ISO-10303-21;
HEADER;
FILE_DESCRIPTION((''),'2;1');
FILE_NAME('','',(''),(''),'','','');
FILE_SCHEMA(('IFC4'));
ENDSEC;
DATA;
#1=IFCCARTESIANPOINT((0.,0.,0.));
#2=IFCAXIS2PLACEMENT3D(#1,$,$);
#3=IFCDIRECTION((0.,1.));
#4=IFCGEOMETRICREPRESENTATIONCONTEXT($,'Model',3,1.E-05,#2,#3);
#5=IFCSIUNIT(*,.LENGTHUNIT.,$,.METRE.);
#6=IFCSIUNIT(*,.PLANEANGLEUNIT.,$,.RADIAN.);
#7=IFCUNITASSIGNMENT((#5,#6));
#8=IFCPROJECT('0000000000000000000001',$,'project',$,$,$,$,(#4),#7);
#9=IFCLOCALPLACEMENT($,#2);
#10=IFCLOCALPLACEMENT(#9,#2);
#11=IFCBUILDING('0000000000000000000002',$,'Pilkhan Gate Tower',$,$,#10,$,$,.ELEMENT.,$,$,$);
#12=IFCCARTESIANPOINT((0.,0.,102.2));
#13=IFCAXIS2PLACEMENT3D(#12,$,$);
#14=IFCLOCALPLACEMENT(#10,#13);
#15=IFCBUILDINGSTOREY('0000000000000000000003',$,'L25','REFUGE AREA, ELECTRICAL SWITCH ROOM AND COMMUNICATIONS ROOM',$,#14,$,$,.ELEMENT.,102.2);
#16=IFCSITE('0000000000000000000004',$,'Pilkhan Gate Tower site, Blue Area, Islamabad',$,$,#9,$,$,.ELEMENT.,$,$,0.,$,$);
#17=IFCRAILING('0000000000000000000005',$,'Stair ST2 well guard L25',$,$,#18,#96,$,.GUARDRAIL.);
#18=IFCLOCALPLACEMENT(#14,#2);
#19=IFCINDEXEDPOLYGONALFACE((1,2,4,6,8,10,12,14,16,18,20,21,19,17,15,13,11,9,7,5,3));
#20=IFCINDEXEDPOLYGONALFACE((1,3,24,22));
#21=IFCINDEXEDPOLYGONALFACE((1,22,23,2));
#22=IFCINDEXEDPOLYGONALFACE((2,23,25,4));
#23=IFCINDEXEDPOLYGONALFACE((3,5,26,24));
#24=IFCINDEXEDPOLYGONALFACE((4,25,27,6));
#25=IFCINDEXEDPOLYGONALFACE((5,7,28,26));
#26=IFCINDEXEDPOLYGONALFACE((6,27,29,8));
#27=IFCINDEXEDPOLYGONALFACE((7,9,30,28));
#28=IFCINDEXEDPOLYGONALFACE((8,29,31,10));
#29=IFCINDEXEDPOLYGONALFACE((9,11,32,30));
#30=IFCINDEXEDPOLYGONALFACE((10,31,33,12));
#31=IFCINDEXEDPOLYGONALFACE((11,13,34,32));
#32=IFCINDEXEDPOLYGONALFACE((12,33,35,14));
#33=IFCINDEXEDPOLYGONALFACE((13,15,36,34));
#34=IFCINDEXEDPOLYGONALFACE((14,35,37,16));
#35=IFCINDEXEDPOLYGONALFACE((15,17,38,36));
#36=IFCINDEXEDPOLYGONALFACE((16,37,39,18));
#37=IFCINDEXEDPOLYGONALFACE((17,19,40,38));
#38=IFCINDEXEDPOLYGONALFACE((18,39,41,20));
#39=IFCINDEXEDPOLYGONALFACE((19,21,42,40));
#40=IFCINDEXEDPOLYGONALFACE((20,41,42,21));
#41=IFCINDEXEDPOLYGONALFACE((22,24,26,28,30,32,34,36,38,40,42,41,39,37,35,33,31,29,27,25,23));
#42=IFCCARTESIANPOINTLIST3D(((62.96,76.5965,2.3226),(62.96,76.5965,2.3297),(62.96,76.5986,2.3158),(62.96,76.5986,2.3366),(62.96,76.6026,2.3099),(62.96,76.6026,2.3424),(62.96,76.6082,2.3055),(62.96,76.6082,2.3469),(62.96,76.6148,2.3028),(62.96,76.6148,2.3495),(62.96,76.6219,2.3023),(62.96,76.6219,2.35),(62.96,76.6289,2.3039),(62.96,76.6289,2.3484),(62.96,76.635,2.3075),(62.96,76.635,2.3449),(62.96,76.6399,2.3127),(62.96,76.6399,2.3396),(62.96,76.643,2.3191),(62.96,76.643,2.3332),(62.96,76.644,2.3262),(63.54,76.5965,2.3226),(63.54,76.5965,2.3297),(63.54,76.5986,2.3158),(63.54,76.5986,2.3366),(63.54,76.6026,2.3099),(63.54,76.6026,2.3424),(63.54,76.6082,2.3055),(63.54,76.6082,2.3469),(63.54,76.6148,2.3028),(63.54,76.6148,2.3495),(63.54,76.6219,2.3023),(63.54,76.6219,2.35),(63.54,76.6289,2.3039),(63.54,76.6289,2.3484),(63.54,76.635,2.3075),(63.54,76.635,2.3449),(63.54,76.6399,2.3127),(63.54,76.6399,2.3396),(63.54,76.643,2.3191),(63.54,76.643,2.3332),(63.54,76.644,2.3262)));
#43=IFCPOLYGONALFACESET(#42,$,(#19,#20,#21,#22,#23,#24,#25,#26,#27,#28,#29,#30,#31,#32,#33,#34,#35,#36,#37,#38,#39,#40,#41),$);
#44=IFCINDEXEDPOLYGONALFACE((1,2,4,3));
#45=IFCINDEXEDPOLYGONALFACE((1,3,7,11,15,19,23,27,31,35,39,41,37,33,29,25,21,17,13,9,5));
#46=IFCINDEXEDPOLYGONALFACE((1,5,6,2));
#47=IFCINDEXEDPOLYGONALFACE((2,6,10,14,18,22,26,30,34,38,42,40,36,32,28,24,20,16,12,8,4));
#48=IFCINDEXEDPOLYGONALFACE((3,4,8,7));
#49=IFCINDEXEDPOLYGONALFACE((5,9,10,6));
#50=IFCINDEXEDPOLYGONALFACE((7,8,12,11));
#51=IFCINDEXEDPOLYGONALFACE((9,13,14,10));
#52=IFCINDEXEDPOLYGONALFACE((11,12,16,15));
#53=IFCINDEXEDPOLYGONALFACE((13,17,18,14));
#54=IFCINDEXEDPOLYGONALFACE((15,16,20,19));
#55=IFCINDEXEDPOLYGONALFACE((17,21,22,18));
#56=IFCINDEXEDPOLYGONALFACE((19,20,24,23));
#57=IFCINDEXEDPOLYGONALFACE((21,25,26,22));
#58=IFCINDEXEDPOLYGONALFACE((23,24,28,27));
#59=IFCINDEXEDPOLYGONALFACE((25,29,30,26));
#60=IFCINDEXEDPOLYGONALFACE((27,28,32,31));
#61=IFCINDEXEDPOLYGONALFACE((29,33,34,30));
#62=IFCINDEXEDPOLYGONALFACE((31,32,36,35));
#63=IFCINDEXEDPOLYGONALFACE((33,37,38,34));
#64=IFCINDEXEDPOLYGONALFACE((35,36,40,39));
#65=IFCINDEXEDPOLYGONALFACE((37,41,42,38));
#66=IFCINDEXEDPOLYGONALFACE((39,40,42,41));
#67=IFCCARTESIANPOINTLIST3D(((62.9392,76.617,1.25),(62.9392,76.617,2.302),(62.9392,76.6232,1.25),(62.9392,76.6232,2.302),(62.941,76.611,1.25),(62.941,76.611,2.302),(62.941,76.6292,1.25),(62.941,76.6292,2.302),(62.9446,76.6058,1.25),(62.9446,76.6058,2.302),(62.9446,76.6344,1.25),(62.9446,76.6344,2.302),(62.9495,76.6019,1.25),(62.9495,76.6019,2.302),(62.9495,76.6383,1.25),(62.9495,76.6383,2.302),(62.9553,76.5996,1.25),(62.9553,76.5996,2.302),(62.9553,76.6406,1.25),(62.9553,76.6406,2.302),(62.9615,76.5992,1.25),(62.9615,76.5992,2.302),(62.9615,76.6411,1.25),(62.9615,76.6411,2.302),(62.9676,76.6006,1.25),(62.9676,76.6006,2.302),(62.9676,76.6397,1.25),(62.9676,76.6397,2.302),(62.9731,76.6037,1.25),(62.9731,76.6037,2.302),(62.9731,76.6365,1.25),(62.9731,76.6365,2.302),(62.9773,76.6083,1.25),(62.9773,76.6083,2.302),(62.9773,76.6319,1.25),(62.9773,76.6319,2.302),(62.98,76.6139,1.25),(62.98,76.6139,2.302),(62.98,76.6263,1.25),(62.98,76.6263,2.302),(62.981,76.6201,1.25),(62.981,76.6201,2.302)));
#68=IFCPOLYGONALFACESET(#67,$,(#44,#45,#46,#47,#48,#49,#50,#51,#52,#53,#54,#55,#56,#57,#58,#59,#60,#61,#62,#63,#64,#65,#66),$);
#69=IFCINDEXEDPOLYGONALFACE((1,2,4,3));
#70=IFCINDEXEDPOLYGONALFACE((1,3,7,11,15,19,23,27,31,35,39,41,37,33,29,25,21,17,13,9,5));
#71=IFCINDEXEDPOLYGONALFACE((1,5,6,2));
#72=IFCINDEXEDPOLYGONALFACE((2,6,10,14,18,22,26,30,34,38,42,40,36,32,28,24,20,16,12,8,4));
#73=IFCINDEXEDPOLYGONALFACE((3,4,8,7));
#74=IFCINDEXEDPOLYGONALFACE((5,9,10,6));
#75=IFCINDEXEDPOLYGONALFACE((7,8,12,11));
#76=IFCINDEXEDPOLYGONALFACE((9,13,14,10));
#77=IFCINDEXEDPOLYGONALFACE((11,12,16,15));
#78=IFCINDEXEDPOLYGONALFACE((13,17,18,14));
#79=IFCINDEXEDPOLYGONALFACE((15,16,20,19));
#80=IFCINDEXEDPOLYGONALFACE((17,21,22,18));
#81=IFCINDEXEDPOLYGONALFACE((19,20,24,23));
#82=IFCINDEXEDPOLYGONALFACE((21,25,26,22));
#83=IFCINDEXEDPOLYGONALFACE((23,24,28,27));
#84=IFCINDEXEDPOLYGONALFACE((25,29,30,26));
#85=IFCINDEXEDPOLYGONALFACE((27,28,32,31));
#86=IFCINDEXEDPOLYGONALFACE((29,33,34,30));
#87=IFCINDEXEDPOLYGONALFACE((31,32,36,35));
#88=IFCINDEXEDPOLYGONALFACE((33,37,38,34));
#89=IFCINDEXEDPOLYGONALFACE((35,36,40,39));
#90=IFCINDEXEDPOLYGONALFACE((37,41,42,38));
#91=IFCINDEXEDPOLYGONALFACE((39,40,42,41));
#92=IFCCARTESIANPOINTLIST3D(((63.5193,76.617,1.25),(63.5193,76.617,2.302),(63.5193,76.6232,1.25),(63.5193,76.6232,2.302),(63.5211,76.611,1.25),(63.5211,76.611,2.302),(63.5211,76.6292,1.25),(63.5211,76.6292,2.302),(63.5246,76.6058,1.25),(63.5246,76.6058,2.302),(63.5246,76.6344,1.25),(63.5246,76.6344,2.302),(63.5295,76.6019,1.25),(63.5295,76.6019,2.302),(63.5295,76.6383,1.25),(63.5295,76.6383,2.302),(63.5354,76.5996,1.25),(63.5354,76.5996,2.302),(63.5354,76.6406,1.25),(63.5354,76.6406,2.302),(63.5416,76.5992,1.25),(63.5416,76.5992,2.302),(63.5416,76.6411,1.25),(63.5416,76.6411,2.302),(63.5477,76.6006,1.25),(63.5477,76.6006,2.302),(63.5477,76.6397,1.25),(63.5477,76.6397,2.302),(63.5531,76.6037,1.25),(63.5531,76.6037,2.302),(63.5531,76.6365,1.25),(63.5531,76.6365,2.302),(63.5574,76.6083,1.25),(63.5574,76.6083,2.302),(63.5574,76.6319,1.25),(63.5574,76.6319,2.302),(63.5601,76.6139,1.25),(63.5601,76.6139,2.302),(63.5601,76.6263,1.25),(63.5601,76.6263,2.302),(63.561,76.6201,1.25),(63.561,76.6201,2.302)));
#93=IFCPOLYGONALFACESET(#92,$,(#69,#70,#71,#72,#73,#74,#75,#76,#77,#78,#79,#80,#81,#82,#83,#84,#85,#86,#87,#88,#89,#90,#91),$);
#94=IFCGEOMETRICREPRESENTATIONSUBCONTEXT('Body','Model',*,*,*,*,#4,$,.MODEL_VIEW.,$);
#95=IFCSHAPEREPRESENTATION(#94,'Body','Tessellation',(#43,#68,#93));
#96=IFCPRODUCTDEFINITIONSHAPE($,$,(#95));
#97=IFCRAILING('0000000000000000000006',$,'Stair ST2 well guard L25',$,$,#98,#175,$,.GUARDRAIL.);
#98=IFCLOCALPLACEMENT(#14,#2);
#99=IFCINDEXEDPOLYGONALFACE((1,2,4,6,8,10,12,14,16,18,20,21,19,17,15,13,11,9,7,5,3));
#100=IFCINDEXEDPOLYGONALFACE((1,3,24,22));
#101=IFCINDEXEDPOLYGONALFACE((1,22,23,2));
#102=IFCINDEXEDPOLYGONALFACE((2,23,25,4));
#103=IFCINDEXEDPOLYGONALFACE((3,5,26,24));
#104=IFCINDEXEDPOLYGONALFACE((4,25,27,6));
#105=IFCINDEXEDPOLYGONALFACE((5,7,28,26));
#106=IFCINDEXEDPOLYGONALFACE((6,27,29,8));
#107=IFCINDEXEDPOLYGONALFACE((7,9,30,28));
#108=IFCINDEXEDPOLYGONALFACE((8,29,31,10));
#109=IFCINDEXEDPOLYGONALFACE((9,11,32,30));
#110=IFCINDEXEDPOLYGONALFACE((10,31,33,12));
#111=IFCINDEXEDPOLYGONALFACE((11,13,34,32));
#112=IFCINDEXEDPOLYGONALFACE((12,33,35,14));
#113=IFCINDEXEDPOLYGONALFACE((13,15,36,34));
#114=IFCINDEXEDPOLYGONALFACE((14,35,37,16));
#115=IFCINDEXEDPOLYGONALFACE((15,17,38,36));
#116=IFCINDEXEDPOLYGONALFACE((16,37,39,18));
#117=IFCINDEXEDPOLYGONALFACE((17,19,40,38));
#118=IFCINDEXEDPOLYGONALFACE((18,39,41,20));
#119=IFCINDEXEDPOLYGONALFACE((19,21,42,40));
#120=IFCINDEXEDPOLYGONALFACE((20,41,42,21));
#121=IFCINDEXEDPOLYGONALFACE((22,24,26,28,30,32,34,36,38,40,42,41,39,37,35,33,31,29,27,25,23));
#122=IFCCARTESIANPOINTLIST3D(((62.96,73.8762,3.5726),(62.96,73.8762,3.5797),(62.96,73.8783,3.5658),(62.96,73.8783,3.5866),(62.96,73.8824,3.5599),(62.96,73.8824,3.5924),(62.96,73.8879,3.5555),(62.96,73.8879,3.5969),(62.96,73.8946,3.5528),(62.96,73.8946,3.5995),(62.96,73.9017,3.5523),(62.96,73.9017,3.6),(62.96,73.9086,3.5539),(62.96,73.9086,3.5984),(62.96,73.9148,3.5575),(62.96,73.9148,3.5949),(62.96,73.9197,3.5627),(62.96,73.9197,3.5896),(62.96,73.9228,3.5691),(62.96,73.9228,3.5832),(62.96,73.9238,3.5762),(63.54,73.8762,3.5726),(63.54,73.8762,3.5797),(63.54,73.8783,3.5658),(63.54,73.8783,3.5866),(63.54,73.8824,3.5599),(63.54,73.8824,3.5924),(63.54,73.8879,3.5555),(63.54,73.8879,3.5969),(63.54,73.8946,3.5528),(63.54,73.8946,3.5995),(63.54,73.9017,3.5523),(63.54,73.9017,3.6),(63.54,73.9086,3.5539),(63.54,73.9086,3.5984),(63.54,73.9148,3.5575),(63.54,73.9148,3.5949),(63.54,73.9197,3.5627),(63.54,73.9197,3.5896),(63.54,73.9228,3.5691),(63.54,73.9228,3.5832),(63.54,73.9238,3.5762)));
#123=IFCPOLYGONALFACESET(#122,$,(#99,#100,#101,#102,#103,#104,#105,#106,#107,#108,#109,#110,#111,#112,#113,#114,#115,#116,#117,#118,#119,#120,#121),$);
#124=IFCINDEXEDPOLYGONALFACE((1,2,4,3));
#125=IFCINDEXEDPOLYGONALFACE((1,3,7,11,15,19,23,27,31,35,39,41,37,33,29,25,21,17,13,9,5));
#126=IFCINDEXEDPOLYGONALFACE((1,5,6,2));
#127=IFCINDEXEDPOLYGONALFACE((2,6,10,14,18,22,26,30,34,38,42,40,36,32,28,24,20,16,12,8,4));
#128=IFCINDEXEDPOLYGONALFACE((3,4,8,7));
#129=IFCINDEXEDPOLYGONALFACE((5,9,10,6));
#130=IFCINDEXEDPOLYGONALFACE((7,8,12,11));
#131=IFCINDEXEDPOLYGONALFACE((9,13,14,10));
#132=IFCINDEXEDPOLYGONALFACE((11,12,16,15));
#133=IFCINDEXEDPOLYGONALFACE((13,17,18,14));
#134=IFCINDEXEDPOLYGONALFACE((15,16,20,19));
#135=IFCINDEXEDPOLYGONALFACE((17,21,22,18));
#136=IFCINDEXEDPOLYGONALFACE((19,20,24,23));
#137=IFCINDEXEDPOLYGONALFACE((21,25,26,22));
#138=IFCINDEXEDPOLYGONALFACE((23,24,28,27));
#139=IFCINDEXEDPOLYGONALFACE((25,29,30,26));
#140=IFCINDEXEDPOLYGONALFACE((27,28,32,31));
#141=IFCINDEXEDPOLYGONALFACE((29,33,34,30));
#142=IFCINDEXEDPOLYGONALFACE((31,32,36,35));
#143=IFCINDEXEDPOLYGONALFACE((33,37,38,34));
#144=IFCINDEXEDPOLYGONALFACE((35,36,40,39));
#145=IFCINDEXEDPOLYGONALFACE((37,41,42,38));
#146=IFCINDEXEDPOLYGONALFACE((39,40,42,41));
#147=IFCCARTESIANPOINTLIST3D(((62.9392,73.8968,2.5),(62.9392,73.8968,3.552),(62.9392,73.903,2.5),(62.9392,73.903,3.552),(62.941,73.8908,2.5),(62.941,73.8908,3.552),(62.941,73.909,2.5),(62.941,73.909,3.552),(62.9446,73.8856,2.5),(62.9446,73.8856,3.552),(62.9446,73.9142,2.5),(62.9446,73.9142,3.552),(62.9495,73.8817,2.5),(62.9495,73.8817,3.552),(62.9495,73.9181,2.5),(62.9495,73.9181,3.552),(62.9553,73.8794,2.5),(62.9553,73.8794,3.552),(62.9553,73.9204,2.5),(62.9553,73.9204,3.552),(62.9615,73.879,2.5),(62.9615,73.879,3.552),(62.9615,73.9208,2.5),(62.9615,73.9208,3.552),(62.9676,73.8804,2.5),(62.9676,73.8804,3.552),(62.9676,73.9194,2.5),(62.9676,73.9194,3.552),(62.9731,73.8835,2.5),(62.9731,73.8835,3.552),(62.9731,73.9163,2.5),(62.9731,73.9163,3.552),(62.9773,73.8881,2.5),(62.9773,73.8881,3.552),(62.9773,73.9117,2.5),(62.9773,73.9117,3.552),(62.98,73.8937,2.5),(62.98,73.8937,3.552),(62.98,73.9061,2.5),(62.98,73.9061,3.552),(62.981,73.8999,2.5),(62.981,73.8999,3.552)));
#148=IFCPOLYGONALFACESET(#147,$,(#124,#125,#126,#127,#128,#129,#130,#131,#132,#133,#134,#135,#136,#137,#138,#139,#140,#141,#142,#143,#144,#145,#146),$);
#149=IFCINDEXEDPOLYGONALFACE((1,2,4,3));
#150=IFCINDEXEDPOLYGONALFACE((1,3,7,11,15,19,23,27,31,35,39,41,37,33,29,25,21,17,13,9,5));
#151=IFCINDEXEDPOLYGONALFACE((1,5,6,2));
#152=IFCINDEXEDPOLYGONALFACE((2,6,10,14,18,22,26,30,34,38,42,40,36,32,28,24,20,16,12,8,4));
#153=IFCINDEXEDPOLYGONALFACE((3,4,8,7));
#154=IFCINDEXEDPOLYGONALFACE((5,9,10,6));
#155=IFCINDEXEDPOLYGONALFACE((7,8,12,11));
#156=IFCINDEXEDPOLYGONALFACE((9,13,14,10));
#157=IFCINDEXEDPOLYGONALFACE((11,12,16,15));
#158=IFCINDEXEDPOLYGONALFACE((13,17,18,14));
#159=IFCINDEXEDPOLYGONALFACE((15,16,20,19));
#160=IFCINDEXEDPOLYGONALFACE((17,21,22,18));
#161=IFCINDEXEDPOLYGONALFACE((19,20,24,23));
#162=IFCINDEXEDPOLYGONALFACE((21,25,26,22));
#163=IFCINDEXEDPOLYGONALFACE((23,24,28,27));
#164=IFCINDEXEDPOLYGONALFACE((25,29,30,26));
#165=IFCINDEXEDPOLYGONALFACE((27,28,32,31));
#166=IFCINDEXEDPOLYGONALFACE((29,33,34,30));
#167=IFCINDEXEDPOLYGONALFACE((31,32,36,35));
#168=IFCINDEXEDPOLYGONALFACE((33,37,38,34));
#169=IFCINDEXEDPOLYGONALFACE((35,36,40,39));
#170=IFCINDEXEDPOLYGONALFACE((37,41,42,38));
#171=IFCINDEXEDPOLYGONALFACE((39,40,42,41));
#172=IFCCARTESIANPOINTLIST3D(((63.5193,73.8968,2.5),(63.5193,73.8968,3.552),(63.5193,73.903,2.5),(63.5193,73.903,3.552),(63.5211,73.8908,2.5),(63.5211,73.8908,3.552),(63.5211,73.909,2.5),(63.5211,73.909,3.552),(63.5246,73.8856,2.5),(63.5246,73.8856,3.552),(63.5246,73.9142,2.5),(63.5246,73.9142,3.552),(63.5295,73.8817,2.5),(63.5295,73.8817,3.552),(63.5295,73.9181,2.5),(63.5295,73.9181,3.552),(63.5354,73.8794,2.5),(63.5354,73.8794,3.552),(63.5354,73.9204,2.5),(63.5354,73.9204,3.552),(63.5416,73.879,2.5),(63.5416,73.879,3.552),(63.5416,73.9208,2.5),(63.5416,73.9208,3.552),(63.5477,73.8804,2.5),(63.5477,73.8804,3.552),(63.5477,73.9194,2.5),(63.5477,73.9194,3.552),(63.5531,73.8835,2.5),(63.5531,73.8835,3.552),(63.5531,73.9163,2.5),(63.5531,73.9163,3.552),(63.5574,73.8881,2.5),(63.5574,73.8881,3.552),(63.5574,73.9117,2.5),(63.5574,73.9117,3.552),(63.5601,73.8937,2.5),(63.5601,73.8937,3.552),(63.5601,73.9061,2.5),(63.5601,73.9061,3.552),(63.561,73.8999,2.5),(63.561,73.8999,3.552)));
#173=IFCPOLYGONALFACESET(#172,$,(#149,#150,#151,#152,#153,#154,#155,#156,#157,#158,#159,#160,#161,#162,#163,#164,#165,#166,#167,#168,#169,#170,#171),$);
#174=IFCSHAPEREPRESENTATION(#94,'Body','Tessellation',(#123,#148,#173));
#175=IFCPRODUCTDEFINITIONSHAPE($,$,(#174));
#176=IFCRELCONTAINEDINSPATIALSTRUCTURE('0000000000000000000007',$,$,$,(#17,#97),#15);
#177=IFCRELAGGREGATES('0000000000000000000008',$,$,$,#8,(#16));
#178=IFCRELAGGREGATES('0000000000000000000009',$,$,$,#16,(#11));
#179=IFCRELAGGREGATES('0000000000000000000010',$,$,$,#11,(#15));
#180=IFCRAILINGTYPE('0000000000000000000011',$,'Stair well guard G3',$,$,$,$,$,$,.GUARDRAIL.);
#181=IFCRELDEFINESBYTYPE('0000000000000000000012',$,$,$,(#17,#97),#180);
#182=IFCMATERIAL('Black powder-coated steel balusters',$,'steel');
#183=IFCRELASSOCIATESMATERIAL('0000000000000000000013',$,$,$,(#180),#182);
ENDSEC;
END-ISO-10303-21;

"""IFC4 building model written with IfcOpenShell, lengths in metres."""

from ifc_helpers import new_model, si_unit, direction, frame, origin, origin_2d, place, context, subcontext, project, spatial, circle, extrude, material, type_object, element, save


model = new_model("IFC4")

# Units and contexts
model_context = context("Model", 3, precision=1e-05, world=origin(), true_north=direction((0.0, 1.0)))
body_context = subcontext(model_context, "Body", "Model", "MODEL_VIEW")
ifc_project = project(units=[si_unit("LENGTHUNIT", "METRE"), si_unit("PLANEANGLEUNIT", "RADIAN")], contexts=[model_context])

# Site, building, storey
site_placement = place(None, origin())
site = spatial("IfcSite", under=ifc_project, at=site_placement, Name="Pilkhan Gate Tower site, Blue Area, Islamabad", CompositionType="ELEMENT", RefElevation=0.0)
building_placement = place(site_placement, origin())
building = spatial("IfcBuilding", under=site, at=building_placement, Name="Pilkhan Gate Tower", CompositionType="ELEMENT")
storey_placement = place(building_placement, frame((0.0, 0.0, 102.2)))
storey = spatial("IfcBuildingStorey", under=building, at=storey_placement, Name="L25", Description="REFUGE AREA, ELECTRICAL SWITCH ROOM AND COMMUNICATIONS ROOM", CompositionType="ELEMENT", Elevation=102.2)

# Railings
ifc_material_1 = material(Name="Black powder-coated steel balusters", Category="steel")
railing_type_1 = type_object("IfcRailingType", Name="Stair well guard G3", PredefinedType="GUARDRAIL", material=ifc_material_1)
for number, where, name in (
    (1, (62.96, 76.6201, 1.25), "Stair ST2 well guard L25"),
    (2, (62.96, 73.8999, 2.5), "Stair ST2 well guard L25"),
):
    element("IfcRailing", number, at=place(storey_placement, frame(where)), inside=storey, type_object=railing_type_1, Name=name, PredefinedType="GUARDRAIL", context=body_context, shape_type="SweptSolid", body=[
        extrude(circle(Radius=0.0239, at=origin_2d()), frame((0.0, 0.0, 1.0762), z_axis=(1.0, 0.0, 0.0), x_axis=(0.0, 1.0, 0.0)), (0.0, 0.0, 1.0), 0.5801),
        extrude(circle(Radius=0.021, at=origin_2d()), origin(), (0.0, 0.0, 1.0), 1.052),
        extrude(circle(Radius=0.021, at=origin_2d()), frame((0.5801, 0.0, 0.0)), (0.0, 0.0, 1.0), 1.052),
    ])

save(model, "model.ifc")
